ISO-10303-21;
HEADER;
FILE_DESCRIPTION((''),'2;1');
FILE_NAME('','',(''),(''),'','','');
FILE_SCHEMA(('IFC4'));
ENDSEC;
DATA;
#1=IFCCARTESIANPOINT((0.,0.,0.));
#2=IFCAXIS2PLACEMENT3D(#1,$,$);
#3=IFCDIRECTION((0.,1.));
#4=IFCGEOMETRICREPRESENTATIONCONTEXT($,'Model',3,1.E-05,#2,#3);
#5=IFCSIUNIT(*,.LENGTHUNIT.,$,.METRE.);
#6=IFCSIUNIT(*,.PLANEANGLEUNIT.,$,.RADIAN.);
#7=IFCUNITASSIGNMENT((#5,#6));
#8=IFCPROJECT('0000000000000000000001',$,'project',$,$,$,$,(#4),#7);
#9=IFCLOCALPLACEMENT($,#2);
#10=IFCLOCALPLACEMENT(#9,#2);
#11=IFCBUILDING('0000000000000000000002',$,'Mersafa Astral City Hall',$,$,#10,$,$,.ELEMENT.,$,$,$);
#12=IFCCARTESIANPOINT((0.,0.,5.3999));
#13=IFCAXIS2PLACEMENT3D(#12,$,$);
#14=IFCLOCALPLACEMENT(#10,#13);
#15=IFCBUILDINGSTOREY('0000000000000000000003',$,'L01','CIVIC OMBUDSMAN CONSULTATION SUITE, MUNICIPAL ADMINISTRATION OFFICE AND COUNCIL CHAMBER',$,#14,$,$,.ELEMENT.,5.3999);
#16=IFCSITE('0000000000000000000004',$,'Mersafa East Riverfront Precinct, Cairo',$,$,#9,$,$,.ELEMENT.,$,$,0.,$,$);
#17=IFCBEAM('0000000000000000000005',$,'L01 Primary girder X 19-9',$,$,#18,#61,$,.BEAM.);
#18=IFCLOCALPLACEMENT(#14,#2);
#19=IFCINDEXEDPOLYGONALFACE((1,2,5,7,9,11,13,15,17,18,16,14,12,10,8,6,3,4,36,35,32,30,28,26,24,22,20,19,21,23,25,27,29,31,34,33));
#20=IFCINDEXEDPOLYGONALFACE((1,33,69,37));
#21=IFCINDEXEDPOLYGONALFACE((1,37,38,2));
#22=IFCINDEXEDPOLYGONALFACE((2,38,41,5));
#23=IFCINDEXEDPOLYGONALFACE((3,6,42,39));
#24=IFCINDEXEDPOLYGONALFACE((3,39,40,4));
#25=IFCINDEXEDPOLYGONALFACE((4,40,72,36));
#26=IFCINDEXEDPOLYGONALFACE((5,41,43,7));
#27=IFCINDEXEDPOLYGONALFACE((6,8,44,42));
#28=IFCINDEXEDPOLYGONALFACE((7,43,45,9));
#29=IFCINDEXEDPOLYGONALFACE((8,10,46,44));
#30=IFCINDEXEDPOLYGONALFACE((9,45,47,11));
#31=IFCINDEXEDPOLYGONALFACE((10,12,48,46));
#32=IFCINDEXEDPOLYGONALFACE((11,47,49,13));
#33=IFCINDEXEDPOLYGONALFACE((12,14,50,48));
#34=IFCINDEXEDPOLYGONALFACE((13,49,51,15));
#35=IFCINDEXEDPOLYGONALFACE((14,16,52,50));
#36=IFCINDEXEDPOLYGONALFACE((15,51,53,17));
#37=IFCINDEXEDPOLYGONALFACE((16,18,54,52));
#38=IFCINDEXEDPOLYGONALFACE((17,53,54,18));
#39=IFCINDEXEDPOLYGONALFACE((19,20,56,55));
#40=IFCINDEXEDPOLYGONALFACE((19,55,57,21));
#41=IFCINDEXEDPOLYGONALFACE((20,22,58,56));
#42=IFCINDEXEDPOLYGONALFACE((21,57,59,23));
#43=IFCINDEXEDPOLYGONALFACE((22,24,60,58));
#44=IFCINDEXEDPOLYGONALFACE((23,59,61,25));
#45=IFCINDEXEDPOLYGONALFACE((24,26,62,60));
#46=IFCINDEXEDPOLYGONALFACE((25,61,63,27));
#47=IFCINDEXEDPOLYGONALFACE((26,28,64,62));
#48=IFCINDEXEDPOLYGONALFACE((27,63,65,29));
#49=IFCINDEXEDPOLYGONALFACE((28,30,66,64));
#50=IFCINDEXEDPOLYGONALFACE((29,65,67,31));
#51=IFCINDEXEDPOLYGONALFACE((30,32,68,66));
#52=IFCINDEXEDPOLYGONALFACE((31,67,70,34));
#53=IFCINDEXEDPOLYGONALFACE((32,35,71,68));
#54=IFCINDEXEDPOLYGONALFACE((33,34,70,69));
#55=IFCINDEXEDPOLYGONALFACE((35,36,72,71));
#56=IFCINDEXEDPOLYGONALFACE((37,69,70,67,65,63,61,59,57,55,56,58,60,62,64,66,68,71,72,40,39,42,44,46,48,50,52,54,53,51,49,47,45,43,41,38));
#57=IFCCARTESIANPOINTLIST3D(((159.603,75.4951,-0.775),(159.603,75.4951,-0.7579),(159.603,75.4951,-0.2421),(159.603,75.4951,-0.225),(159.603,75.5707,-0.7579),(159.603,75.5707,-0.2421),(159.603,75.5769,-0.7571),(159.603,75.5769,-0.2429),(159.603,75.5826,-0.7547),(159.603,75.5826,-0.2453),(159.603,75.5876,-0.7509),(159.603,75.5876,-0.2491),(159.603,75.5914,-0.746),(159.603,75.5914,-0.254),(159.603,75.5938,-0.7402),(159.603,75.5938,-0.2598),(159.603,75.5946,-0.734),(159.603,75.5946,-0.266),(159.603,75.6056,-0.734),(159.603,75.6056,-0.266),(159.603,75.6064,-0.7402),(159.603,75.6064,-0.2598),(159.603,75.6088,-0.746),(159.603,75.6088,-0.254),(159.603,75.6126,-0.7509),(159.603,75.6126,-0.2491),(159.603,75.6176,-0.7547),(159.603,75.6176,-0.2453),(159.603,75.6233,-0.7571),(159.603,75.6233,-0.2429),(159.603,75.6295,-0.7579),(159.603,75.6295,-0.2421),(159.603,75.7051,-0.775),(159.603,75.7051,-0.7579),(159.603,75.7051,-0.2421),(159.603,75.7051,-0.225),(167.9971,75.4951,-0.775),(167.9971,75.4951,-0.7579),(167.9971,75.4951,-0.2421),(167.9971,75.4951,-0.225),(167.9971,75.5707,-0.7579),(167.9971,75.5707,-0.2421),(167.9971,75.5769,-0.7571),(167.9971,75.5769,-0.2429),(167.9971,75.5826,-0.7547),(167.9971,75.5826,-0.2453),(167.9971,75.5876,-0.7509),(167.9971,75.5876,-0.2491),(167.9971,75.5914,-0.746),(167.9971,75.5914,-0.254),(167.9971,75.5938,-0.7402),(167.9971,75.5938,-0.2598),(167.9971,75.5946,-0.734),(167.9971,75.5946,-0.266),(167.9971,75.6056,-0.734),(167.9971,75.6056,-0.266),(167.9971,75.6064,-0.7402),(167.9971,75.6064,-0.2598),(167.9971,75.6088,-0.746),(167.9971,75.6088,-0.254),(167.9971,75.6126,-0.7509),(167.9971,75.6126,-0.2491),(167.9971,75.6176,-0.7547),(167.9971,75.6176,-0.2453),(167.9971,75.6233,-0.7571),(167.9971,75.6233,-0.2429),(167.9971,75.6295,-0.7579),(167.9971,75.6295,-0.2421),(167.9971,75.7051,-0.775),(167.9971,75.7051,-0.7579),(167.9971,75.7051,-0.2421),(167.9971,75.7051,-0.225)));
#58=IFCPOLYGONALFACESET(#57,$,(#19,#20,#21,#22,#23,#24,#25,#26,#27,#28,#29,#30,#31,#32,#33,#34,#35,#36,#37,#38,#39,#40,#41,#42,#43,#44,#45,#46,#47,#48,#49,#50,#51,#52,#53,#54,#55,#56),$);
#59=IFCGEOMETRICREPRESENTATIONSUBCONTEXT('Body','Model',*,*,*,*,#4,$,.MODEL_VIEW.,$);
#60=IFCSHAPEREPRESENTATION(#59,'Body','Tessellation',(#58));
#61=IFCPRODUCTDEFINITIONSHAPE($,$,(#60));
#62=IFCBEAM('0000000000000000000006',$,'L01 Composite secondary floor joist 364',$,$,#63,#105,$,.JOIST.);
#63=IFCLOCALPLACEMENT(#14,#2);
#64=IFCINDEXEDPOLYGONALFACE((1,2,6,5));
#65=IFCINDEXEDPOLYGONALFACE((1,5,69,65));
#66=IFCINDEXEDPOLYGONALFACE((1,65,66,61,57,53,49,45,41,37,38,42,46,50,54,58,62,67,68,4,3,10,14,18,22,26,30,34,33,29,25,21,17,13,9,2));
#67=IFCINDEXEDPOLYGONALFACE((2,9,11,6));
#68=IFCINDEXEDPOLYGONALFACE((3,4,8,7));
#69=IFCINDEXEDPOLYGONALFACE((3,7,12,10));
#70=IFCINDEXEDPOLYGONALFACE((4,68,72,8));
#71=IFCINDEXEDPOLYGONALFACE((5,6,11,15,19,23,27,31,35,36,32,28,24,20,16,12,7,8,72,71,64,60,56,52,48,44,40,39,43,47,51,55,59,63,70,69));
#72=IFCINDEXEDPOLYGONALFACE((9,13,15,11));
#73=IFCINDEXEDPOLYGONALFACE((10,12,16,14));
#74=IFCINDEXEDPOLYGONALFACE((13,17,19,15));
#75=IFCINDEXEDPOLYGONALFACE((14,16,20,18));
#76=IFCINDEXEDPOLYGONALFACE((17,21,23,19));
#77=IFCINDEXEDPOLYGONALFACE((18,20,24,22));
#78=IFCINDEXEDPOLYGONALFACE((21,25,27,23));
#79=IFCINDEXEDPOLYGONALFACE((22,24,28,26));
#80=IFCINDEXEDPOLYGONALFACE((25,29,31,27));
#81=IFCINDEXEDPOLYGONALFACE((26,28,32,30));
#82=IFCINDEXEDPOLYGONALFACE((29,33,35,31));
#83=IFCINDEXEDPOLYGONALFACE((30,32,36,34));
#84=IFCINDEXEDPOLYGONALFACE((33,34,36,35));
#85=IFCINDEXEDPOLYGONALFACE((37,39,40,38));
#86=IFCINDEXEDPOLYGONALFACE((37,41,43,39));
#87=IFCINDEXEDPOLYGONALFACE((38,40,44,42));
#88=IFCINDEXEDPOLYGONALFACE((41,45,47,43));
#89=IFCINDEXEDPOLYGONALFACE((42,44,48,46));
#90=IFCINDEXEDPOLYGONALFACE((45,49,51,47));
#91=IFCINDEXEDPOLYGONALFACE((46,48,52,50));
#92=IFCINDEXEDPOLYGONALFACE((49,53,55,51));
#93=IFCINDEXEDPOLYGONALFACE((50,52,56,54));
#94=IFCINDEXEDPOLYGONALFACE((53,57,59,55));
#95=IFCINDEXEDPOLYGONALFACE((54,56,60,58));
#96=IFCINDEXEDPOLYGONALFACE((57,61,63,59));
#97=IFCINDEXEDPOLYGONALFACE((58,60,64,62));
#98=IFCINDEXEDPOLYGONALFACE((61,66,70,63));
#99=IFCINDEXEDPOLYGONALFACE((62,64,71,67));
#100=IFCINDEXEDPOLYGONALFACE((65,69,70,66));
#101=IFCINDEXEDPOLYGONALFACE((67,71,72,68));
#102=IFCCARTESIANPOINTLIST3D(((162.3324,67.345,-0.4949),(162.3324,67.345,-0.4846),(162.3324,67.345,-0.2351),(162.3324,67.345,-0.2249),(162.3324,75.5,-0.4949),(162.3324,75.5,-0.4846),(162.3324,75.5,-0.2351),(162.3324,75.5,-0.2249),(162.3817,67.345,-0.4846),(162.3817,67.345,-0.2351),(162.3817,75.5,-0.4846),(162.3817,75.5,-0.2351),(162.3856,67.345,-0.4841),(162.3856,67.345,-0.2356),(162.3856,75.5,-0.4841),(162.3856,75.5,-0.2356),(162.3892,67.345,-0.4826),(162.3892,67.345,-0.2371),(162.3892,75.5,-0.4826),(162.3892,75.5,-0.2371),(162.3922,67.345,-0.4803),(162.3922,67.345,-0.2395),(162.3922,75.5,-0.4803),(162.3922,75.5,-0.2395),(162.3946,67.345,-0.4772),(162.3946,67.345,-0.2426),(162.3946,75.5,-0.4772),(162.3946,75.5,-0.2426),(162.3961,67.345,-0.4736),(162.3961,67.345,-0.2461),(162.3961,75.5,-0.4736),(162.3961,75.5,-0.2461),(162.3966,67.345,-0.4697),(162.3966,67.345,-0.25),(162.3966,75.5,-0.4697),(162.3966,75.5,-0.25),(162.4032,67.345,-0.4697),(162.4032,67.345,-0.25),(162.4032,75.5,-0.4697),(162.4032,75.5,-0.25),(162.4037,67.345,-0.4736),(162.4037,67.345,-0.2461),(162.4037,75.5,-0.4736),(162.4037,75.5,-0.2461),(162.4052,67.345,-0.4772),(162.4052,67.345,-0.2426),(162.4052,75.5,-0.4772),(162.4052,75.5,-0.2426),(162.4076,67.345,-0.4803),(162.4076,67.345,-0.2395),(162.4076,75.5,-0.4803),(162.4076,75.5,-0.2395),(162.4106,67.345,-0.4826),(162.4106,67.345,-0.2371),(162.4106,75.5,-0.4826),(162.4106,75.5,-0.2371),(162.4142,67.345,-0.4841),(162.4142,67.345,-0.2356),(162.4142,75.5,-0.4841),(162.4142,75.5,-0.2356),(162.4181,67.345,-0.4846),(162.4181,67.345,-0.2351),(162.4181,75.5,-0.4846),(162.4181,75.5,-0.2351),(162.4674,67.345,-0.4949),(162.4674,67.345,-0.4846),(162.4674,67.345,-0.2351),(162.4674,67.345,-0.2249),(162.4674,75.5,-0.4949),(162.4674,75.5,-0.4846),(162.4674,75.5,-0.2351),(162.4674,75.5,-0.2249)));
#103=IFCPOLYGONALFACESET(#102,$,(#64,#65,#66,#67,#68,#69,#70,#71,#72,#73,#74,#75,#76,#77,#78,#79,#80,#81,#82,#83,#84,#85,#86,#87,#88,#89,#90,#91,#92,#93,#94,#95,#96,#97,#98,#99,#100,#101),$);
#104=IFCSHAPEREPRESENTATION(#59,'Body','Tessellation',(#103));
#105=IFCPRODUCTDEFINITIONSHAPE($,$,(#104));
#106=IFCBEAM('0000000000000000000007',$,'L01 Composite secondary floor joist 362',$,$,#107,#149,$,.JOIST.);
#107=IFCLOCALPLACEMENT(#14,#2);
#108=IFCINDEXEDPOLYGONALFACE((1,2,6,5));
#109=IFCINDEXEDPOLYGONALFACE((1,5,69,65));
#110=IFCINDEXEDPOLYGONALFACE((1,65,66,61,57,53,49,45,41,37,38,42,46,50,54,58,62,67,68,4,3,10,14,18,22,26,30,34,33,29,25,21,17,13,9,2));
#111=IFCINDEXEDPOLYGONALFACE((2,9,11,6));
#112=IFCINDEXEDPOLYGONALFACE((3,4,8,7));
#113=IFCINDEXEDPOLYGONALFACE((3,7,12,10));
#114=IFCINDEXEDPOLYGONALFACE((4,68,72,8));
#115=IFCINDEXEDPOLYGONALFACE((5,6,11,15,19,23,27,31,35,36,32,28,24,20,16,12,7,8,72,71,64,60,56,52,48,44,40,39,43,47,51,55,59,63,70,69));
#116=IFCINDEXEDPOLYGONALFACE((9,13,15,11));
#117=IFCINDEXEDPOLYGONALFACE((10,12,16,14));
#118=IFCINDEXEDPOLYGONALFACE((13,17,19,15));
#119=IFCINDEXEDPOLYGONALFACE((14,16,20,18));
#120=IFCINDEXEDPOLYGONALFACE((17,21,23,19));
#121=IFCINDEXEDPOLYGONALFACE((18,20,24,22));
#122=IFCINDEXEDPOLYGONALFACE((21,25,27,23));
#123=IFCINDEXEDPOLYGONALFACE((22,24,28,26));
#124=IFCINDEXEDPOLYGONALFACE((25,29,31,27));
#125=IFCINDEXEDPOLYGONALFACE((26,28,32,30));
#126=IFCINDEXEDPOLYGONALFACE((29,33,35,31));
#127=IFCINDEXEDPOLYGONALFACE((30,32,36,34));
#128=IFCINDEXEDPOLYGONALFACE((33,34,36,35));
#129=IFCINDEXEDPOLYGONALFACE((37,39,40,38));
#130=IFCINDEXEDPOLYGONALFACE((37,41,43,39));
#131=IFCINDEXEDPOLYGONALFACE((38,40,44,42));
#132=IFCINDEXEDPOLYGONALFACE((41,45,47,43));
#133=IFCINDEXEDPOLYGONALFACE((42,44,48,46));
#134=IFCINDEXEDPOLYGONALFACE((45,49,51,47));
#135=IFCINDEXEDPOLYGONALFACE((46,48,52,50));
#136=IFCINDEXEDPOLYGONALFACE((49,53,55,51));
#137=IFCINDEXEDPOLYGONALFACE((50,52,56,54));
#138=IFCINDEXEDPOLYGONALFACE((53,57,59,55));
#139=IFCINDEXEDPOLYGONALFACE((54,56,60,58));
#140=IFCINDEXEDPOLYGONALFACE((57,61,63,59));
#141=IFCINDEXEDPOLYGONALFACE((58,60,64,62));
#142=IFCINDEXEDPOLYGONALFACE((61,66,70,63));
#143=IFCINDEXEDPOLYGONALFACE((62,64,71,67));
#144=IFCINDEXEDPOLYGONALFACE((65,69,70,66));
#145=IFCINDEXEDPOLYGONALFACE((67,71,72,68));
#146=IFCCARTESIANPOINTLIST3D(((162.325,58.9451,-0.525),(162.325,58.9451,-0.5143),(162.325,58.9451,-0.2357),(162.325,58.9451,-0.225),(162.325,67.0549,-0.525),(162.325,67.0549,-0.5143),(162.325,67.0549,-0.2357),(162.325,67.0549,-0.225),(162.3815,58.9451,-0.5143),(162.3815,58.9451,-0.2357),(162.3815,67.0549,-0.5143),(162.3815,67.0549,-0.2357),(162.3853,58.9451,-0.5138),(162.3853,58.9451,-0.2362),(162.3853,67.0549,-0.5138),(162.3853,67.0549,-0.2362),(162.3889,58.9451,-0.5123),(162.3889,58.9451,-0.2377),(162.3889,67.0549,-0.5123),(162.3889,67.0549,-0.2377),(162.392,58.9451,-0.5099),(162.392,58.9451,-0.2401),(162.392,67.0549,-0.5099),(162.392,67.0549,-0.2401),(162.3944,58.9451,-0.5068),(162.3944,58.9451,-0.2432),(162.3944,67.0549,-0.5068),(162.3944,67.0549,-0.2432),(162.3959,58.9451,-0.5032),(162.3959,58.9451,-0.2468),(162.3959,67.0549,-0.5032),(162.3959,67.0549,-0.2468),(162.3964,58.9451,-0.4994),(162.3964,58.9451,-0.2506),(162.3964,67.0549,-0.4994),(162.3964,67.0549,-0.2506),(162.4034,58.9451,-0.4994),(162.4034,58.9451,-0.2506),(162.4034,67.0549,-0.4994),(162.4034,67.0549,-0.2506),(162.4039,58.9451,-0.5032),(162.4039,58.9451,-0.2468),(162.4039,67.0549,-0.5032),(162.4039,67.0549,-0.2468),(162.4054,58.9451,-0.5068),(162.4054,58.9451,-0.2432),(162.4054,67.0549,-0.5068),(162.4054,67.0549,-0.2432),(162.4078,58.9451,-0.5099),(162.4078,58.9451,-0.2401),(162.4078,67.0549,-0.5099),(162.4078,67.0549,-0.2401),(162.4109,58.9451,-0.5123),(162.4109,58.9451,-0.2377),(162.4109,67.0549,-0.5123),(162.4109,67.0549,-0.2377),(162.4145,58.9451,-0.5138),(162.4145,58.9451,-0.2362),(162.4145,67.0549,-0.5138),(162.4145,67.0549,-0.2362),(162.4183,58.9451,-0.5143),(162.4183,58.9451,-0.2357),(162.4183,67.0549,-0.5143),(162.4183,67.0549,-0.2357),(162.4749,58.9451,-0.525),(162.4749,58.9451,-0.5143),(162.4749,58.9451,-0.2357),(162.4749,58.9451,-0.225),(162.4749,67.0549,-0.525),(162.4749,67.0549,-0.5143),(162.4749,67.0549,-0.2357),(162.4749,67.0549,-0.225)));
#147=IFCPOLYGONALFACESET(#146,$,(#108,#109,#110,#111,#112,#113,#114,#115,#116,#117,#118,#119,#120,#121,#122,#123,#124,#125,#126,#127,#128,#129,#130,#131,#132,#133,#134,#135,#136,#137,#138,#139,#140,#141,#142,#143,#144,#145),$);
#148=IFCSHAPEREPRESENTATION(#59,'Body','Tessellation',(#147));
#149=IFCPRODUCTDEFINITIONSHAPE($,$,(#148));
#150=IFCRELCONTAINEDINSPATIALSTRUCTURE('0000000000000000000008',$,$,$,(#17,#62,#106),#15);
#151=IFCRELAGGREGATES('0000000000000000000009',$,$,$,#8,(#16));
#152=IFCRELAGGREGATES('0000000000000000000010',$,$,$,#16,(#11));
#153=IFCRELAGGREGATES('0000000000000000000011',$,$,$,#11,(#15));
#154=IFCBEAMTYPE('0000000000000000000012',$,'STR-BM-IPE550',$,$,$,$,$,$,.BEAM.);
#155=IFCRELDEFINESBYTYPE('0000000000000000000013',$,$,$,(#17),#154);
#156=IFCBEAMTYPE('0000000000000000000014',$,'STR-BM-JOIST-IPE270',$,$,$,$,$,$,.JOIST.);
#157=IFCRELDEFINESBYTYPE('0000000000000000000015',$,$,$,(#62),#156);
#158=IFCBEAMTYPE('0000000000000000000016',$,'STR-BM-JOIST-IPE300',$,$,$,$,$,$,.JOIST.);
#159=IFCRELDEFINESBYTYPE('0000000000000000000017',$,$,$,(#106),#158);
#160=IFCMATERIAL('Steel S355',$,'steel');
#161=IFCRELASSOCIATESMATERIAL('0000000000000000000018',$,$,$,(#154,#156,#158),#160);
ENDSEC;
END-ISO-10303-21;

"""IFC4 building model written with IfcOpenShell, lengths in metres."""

from ifc_helpers import new_model, si_unit, direction, frame, origin, origin_2d, place, context, subcontext, project, spatial, i_section, extrude, material, material_profile, profile_set, type_object, element, save


model = new_model("IFC4")

# Units and contexts
model_context = context("Model", 3, precision=1e-05, world=origin(), true_north=direction((0.0, 1.0)))
body_context = subcontext(model_context, "Body", "Model", "MODEL_VIEW")
ifc_project = project(units=[si_unit("LENGTHUNIT", "METRE"), si_unit("PLANEANGLEUNIT", "RADIAN")], contexts=[model_context])

# Site, building, storey
site_placement = place(None, origin())
site = spatial("IfcSite", under=ifc_project, at=site_placement, Name="Mersafa East Riverfront Precinct, Cairo", CompositionType="ELEMENT", RefElevation=0.0)
building_placement = place(site_placement, origin())
building = spatial("IfcBuilding", under=site, at=building_placement, Name="Mersafa Astral City Hall", CompositionType="ELEMENT")
storey_placement = place(building_placement, frame((0.0, 0.0, 5.3999)))
storey = spatial("IfcBuildingStorey", under=building, at=storey_placement, Name="L01", Description="CIVIC OMBUDSMAN CONSULTATION SUITE, MUNICIPAL ADMINISTRATION OFFICE AND COUNCIL CHAMBER", CompositionType="ELEMENT", Elevation=5.3999)

# Shared definitions
ifc_material_1 = material(Name="Steel S355", Category="steel")

# Beams
ifc_material_profile_1 = material_profile(ifc_material_1, i_section(OverallWidth=0.21, OverallDepth=0.55, WebThickness=0.011, FlangeThickness=0.0171, FilletRadius=0.0239, at=origin_2d()), Name="IPE 550")
ifc_profile_set_1 = profile_set([ifc_material_profile_1], Name="Steel S355")
beam_type_1 = type_object("IfcBeamType", Name="STR-BM-IPE550", PredefinedType="BEAM", material=ifc_profile_set_1)
beam_1_placement = place(storey_placement, frame((159.603, 75.6001, -0.5), z_axis=(1.0, 0.0, 0.0), x_axis=(0.0, 1.0, 0.0)))
element("IfcBeam", 1, at=beam_1_placement, inside=storey, type_object=beam_type_1, Name="L01 Primary girder X 19-9", PredefinedType="BEAM", context=body_context, shape_type="SweptSolid", body=[
    extrude(i_section(OverallWidth=0.21, OverallDepth=0.55, WebThickness=0.011, FlangeThickness=0.0171, FilletRadius=0.0239, at=origin_2d()), origin(), (0.0, 0.0, 1.0), 8.394),
])
ifc_material_profile_2 = material_profile(ifc_material_1, i_section(OverallWidth=0.135, OverallDepth=0.27, WebThickness=0.0066, FlangeThickness=0.0103, FilletRadius=0.0149, at=origin_2d()), Name="IPE 270")
ifc_profile_set_2 = profile_set([ifc_material_profile_2], Name="Steel S355")
beam_type_2 = type_object("IfcBeamType", Name="STR-BM-JOIST-IPE270", PredefinedType="JOIST", material=ifc_profile_set_2)
beam_2_placement = place(storey_placement, frame((162.3999, 67.345, -0.3599), z_axis=(0.0, 1.0, 0.0), x_axis=(-1.0, 0.0, 0.0)))
element("IfcBeam", 2, at=beam_2_placement, inside=storey, type_object=beam_type_2, Name="L01 Composite secondary floor joist 364", PredefinedType="JOIST", context=body_context, shape_type="SweptSolid", body=[
    extrude(i_section(OverallWidth=0.135, OverallDepth=0.27, WebThickness=0.0066, FlangeThickness=0.0103, FilletRadius=0.0149, at=origin_2d()), origin(), (0.0, 0.0, 1.0), 8.155),
])
ifc_material_profile_3 = material_profile(ifc_material_1, i_section(OverallWidth=0.1499, OverallDepth=0.3, WebThickness=0.0071, FlangeThickness=0.0107, FilletRadius=0.0149, at=origin_2d()), Name="IPE 300")
ifc_profile_set_3 = profile_set([ifc_material_profile_3], Name="Steel S355")
beam_type_3 = type_object("IfcBeamType", Name="STR-BM-JOIST-IPE300", PredefinedType="JOIST", material=ifc_profile_set_3)
beam_3_placement = place(storey_placement, frame((162.3999, 58.9451, -0.375), z_axis=(0.0, 1.0, 0.0), x_axis=(-1.0, 0.0, 0.0)))
element("IfcBeam", 3, at=beam_3_placement, inside=storey, type_object=beam_type_3, Name="L01 Composite secondary floor joist 362", PredefinedType="JOIST", context=body_context, shape_type="SweptSolid", body=[
    extrude(i_section(OverallWidth=0.1499, OverallDepth=0.3, WebThickness=0.0071, FlangeThickness=0.0107, FilletRadius=0.0149, at=origin_2d()), origin(), (0.0, 0.0, 1.0), 8.1099),
])

save(model, "model.ifc")
